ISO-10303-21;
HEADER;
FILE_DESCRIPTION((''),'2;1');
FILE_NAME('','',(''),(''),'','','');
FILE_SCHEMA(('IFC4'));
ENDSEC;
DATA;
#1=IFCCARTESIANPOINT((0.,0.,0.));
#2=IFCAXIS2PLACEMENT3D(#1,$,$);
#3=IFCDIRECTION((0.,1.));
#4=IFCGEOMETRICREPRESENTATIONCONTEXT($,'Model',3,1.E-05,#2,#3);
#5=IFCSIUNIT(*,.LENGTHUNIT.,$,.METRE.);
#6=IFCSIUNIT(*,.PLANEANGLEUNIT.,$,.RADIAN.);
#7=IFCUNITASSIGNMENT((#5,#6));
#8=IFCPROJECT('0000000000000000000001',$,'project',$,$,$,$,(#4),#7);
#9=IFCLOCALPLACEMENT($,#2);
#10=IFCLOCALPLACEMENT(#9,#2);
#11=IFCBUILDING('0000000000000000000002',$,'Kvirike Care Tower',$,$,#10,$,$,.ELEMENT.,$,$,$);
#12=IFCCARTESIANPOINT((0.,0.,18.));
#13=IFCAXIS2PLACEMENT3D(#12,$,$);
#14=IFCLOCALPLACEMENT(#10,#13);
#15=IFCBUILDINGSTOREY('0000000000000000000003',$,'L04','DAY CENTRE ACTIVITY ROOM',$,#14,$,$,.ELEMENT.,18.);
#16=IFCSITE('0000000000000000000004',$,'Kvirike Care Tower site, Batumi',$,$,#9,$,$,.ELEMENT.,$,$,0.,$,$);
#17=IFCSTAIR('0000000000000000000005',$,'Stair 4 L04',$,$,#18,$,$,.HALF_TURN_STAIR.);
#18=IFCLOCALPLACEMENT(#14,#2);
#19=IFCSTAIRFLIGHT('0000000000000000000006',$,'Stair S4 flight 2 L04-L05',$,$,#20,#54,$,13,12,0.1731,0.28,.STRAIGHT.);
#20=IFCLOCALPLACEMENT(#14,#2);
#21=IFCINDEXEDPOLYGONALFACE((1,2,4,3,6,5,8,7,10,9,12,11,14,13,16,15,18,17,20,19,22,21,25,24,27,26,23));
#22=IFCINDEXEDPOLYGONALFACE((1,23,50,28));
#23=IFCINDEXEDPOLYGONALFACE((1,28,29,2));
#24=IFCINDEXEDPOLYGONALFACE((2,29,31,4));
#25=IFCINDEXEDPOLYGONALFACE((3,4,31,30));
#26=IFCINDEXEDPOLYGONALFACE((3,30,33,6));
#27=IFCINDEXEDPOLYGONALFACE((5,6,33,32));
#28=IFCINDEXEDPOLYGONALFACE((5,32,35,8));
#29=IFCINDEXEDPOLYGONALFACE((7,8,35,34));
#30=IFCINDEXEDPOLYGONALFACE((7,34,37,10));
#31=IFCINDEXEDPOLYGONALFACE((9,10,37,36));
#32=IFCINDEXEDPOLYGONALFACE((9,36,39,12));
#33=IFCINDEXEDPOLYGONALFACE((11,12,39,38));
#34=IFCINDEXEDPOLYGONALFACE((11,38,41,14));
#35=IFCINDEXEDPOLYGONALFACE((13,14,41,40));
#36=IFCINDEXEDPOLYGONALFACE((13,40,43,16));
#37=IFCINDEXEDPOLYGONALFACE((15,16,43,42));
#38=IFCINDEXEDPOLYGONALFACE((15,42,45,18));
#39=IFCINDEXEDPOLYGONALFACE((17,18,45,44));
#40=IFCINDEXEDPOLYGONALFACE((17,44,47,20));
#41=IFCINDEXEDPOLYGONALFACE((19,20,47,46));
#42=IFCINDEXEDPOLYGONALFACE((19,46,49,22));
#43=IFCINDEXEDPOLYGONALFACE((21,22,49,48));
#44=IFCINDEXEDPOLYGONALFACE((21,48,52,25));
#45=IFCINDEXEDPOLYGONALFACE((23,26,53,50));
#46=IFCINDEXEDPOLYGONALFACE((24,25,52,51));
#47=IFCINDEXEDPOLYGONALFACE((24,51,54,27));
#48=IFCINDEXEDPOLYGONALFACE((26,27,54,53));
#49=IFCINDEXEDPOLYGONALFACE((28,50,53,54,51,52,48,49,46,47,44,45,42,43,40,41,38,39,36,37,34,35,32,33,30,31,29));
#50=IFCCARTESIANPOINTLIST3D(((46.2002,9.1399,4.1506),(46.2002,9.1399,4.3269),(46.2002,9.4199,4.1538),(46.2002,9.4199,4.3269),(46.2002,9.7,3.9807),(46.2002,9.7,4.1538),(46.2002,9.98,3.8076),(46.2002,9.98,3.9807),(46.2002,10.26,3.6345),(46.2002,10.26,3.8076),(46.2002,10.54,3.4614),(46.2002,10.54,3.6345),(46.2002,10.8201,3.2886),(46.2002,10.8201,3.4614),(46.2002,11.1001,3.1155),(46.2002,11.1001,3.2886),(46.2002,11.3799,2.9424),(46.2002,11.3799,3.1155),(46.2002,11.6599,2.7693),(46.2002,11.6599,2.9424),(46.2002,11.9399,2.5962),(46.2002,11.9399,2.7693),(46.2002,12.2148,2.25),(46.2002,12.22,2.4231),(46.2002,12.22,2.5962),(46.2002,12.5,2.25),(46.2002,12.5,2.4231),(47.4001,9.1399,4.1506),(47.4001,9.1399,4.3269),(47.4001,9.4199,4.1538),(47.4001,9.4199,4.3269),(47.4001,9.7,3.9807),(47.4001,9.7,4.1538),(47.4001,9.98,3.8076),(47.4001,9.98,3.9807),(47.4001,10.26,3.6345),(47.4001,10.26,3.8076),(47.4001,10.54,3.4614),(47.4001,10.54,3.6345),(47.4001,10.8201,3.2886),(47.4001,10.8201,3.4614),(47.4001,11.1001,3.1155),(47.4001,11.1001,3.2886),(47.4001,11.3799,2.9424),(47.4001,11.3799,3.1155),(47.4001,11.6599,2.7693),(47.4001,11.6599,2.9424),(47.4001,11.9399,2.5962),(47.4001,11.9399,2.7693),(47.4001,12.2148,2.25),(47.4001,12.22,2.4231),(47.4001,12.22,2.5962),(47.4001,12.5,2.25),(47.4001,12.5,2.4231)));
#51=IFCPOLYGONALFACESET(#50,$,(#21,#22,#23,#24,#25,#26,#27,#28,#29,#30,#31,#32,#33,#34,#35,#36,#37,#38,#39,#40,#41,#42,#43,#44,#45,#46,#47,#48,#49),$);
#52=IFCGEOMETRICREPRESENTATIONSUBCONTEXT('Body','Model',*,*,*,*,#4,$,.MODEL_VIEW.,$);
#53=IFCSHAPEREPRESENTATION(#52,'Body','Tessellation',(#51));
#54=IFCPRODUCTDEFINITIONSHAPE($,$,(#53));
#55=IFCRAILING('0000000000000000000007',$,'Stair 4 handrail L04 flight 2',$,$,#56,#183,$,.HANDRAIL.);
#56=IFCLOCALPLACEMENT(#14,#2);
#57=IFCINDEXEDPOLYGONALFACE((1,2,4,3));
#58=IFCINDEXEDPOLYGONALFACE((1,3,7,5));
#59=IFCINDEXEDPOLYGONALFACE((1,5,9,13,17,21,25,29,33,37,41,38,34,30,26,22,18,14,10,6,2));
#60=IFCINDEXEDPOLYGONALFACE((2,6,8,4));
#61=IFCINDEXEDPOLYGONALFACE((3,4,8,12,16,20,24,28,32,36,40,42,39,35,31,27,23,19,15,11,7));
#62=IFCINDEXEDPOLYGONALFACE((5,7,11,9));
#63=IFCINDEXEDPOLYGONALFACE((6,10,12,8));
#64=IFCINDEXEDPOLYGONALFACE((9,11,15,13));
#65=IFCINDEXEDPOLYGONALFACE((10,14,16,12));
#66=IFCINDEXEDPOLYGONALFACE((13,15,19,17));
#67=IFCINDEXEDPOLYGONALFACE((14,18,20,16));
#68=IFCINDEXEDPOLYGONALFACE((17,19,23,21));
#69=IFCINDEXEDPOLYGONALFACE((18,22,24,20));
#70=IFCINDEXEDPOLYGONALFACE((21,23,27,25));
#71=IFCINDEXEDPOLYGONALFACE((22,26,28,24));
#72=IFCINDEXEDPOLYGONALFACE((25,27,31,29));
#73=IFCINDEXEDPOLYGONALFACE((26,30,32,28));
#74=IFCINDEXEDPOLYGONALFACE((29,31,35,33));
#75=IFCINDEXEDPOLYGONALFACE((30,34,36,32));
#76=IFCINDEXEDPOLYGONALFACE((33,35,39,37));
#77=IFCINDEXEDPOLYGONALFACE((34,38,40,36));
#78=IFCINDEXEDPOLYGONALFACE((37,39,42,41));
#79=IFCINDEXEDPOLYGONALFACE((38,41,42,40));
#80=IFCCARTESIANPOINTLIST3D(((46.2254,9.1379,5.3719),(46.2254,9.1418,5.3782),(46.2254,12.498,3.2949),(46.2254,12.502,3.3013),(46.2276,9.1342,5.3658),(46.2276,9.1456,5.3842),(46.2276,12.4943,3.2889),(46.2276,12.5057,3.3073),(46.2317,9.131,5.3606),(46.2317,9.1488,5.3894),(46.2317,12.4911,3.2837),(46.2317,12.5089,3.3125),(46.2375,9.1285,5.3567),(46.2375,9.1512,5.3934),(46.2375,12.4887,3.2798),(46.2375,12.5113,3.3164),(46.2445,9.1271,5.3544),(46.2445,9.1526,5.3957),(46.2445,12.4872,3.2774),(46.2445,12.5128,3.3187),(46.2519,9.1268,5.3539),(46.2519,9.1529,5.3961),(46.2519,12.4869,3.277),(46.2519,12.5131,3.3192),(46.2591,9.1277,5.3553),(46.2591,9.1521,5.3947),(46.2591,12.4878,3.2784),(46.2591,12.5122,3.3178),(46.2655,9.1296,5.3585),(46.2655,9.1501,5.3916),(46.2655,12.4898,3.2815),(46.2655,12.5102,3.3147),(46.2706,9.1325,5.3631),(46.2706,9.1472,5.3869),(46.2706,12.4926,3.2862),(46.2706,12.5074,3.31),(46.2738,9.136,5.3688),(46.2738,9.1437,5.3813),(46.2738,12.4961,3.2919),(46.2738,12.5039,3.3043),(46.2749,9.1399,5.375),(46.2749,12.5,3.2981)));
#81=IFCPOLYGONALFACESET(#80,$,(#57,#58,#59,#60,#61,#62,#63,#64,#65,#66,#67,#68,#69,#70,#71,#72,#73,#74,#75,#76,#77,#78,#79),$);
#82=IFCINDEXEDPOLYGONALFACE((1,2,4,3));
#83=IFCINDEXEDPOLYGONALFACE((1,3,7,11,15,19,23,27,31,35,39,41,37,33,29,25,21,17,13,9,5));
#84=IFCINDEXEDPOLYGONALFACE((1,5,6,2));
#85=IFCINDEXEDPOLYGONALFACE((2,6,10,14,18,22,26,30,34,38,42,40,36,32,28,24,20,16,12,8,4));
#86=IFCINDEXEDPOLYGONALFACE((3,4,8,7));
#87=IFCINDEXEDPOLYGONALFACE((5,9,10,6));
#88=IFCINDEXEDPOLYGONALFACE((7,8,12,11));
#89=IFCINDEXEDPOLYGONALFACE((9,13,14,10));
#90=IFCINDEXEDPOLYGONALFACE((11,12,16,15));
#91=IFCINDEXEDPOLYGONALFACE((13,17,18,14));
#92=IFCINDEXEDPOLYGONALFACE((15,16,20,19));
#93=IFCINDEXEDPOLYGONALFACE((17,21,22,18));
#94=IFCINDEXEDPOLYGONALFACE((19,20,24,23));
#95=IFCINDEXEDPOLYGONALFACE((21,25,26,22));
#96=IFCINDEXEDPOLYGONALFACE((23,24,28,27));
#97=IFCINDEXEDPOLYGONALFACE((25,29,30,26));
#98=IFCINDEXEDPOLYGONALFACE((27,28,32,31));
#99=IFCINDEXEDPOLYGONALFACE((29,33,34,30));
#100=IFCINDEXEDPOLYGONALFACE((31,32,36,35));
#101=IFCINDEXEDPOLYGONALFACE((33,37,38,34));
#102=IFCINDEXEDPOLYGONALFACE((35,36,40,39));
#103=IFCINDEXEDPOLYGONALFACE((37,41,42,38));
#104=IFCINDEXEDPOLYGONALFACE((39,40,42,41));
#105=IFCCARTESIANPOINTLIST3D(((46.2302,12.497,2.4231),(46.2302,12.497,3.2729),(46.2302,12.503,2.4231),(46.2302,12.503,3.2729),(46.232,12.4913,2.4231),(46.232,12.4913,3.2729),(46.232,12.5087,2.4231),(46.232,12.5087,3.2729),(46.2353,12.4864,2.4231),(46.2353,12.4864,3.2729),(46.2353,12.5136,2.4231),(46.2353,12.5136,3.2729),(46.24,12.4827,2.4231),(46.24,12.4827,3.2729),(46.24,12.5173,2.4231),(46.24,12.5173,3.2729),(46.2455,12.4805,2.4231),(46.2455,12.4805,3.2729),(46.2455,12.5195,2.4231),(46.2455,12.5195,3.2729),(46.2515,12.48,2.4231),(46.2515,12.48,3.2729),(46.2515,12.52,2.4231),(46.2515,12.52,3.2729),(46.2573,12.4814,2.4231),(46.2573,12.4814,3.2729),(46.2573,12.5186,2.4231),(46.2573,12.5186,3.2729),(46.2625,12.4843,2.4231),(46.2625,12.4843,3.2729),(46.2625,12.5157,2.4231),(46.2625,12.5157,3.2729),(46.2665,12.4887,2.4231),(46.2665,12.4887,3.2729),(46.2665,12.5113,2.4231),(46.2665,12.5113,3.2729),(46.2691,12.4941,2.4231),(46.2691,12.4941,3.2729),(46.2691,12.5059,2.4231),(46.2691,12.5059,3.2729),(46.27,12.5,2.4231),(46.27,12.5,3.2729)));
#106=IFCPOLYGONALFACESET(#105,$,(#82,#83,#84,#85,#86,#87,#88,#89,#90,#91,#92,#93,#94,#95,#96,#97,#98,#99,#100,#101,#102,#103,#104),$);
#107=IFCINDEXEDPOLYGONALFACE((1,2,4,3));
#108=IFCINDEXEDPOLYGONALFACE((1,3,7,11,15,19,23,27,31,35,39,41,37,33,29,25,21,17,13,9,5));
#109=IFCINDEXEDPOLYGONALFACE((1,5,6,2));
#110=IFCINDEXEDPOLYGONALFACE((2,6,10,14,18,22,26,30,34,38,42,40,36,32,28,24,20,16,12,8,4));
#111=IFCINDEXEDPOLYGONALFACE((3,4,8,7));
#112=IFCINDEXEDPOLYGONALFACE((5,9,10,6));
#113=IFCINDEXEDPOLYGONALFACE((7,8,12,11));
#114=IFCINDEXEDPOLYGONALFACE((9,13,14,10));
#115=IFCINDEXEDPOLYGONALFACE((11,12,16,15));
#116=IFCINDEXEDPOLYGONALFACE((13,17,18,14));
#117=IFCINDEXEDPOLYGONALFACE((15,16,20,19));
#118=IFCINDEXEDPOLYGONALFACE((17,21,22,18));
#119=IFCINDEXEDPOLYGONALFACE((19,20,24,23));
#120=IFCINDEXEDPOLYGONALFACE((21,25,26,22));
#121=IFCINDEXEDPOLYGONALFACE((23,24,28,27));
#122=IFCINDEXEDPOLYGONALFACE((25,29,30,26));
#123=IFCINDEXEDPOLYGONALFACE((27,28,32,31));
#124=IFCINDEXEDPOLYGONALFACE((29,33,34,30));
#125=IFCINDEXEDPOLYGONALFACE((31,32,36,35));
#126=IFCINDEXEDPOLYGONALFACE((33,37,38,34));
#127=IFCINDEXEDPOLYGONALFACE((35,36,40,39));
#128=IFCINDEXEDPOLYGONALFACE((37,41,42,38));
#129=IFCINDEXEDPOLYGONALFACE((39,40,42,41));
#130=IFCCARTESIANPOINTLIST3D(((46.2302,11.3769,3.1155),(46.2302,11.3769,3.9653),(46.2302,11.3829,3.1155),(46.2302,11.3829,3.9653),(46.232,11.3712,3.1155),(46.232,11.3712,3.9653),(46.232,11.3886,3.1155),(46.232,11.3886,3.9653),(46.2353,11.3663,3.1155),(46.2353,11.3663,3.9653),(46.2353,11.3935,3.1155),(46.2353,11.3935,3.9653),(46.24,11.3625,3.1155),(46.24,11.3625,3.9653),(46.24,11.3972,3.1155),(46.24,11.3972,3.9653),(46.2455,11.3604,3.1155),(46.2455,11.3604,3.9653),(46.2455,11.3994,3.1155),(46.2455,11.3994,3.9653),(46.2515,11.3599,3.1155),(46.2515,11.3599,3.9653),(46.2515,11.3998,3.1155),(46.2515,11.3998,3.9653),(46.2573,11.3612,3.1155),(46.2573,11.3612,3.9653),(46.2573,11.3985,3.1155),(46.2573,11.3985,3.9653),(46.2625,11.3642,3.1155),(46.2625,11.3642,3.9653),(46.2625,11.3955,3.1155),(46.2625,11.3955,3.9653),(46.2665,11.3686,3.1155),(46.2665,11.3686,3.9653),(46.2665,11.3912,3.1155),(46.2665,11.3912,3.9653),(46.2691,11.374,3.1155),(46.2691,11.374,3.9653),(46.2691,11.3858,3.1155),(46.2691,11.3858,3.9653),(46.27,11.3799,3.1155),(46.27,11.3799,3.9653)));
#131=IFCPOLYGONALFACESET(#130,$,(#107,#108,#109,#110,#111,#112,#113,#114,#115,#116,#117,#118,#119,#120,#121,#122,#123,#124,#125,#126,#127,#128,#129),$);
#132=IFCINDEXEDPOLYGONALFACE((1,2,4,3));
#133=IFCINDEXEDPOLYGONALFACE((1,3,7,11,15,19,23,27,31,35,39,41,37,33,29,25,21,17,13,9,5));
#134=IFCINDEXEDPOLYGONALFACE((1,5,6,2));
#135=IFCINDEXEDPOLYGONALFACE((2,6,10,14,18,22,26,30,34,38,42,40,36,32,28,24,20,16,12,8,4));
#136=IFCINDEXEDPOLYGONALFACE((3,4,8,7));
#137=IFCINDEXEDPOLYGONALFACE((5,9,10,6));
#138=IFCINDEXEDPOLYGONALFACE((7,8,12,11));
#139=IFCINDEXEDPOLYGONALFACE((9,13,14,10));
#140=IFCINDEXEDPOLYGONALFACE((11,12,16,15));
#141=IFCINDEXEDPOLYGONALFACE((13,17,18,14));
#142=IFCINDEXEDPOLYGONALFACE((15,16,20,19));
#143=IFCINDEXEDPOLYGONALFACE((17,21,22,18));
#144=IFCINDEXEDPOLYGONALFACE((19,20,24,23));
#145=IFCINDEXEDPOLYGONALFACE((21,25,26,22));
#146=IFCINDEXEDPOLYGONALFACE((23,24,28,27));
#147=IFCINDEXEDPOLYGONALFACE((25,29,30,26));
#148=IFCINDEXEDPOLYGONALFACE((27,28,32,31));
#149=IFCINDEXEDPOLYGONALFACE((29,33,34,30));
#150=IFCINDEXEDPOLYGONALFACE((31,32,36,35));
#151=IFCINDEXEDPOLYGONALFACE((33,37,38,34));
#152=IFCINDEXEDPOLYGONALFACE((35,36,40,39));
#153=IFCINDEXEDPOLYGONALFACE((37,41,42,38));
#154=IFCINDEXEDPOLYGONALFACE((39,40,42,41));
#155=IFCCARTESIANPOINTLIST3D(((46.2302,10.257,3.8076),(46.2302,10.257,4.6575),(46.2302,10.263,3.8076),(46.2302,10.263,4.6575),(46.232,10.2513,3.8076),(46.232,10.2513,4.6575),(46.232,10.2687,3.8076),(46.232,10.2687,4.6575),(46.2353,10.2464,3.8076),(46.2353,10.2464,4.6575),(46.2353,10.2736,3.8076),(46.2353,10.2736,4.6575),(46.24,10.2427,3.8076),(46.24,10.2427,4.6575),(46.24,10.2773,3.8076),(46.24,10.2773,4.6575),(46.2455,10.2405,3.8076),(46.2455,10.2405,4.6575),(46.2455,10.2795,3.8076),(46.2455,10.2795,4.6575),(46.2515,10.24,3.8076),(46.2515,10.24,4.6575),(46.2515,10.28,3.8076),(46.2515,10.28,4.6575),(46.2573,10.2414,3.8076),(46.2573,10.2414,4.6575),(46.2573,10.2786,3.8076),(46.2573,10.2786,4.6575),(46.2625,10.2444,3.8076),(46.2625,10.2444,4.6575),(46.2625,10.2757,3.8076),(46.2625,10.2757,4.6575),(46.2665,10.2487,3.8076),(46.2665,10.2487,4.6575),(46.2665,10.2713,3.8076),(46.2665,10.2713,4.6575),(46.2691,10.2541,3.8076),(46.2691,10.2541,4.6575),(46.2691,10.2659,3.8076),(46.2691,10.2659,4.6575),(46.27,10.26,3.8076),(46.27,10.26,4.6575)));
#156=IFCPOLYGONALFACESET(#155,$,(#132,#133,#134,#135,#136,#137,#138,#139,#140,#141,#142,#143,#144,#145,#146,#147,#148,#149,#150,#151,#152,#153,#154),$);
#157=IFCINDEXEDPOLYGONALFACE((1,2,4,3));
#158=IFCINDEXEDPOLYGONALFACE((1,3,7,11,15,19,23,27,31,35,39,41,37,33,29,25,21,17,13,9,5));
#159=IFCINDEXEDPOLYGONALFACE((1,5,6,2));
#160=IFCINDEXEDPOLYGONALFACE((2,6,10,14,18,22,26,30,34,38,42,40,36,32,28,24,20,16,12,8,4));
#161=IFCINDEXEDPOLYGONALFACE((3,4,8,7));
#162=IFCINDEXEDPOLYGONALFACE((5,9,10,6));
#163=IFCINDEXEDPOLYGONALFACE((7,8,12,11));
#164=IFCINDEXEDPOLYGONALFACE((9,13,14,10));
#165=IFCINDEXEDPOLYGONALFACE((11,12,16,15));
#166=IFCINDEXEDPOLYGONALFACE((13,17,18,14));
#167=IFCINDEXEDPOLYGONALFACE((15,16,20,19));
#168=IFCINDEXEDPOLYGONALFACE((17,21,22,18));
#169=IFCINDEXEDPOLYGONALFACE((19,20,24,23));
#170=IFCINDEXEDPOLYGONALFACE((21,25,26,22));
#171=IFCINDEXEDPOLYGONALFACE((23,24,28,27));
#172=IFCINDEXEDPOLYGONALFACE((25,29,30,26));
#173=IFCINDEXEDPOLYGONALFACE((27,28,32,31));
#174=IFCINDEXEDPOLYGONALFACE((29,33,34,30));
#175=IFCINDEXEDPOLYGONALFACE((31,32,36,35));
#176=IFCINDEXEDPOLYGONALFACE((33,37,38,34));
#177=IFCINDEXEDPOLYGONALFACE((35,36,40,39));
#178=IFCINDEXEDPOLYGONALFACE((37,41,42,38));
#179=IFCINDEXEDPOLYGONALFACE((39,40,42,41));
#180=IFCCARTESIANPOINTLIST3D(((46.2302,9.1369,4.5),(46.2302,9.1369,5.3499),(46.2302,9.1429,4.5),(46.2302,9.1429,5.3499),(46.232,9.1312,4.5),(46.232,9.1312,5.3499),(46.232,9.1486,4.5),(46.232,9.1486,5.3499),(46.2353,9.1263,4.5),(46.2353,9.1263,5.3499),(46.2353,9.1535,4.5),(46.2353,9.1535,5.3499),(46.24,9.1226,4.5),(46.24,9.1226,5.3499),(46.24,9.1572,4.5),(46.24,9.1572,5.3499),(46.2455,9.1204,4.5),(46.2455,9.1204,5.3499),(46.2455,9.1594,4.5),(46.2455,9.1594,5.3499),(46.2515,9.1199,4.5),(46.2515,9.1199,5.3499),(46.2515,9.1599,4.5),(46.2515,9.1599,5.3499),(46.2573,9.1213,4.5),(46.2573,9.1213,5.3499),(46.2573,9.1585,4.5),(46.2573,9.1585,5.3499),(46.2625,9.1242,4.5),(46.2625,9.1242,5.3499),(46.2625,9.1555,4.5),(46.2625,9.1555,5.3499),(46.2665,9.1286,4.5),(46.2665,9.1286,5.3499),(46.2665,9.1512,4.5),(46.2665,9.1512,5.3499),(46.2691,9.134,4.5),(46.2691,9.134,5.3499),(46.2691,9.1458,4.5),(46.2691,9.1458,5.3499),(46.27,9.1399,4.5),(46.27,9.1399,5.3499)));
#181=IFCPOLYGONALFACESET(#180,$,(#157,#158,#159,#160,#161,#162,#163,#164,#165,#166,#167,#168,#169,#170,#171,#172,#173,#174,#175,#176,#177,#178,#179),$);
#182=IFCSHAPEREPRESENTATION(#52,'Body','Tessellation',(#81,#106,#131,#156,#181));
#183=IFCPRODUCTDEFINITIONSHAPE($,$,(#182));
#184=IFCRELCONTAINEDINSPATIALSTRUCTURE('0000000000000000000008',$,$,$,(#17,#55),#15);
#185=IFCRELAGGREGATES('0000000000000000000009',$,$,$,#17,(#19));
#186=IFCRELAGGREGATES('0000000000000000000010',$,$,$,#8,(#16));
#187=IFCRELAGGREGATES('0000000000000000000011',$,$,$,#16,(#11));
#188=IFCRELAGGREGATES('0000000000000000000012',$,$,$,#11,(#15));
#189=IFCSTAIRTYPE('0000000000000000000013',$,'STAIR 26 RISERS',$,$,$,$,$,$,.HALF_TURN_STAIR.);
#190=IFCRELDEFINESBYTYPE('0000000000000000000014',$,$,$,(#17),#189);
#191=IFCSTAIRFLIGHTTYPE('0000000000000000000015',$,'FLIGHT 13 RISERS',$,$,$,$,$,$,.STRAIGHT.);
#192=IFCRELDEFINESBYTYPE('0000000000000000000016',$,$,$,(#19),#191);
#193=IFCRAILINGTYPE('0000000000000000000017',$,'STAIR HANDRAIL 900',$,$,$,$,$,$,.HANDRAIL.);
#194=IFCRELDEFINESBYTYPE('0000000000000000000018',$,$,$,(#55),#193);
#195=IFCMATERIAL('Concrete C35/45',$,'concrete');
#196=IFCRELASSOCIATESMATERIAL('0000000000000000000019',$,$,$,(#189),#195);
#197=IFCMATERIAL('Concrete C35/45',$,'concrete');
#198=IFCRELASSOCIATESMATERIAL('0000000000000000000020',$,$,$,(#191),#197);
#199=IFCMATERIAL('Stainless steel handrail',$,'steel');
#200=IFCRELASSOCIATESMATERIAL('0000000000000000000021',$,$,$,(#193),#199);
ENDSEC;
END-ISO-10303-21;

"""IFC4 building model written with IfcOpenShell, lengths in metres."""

from ifc_helpers import new_model, si_unit, direction, frame, origin, origin_2d, place, context, subcontext, project, spatial, polyline, circle, outline, extrude, material, type_object, element, aggregate, save


model = new_model("IFC4")

# Units and contexts
model_context = context("Model", 3, precision=1e-05, world=origin(), true_north=direction((0.0, 1.0)))
body_context = subcontext(model_context, "Body", "Model", "MODEL_VIEW")
ifc_project = project(units=[si_unit("LENGTHUNIT", "METRE"), si_unit("PLANEANGLEUNIT", "RADIAN")], contexts=[model_context])

# Site, building, storey
site_placement = place(None, origin())
site = spatial("IfcSite", under=ifc_project, at=site_placement, Name="Kvirike Care Tower site, Batumi", CompositionType="ELEMENT", RefElevation=0.0)
building_placement = place(site_placement, origin())
building = spatial("IfcBuilding", under=site, at=building_placement, Name="Kvirike Care Tower", CompositionType="ELEMENT")
storey_placement = place(building_placement, frame((0.0, 0.0, 18.0)))
storey = spatial("IfcBuildingStorey", under=building, at=storey_placement, Name="L04", Description="DAY CENTRE ACTIVITY ROOM", CompositionType="ELEMENT", Elevation=18.0)

# Stair, stair flight
ifc_material_1 = material(Name="Concrete C35/45", Category="concrete")
stair_type = type_object("IfcStairType", Name="STAIR 26 RISERS", PredefinedType="HALF_TURN_STAIR", material=ifc_material_1)
stair_placement = place(storey_placement, origin())
stair = element("IfcStair", 1, at=stair_placement, inside=storey, type_object=stair_type, Name="Stair 4 L04", PredefinedType="HALF_TURN_STAIR")
ifc_material_2 = material(Name="Concrete C35/45", Category="concrete")
stair_flight_type = type_object("IfcStairFlightType", Name="FLIGHT 13 RISERS", PredefinedType="STRAIGHT", material=ifc_material_2)
stair_flight_placement = place(storey_placement, frame((46.8, 12.5, 2.25), z_axis=(0.0, 0.0, 1.0), x_axis=(0.0, -1.0, 0.0)))
stair_flight = element("IfcStairFlight", 2, at=stair_flight_placement, type_object=stair_flight_type, Name="Stair S4 flight 2 L04-L05", NumberOfRisers=13, NumberOfTreads=12, PredefinedType="STRAIGHT", RiserHeight=0.1731, TreadLength=0.28, context=body_context, shape_type="SweptSolid", body=[
    extrude(outline(polyline([(0.0, 0.0), (0.0, 0.1731), (0.28, 0.1731), (0.28, 0.3462), (0.5601, 0.3462), (0.5601, 0.5193), (0.8401, 0.5193), (0.8401, 0.6924), (1.1201, 0.6924), (1.1201, 0.8655), (1.3999, 0.8655), (1.3999, 1.0386), (1.6799, 1.0386), (1.6799, 1.2114), (1.96, 1.2114), (1.96, 1.3845), (2.24, 1.3845), (2.24, 1.5576), (2.52, 1.5576), (2.52, 1.7307), (2.8, 1.7307), (2.8, 1.9038), (3.0801, 1.9038), (3.0801, 2.0769), (3.3601, 2.0769), (3.3601, 2.25), (3.3601, 1.9006), (0.2852, 0.0), (0.0, 0.0)])), frame((0.0, 0.6001, 0.0), z_axis=(0.0, -1.0, 0.0), x_axis=(1.0, 0.0, 0.0)), (0.0, 0.0, 1.0), 1.2),
])
aggregate(stair, [stair_flight])

# Railing
ifc_material_3 = material(Name="Stainless steel handrail", Category="steel")
railing_type = type_object("IfcRailingType", Name="STAIR HANDRAIL 900", PredefinedType="HANDRAIL", material=ifc_material_3)
railing_placement = place(storey_placement, frame((46.25, 12.5, 2.4231)))
element("IfcRailing", 3, at=railing_placement, inside=storey, type_object=railing_type, Name="Stair 4 handrail L04 flight 2", PredefinedType="HANDRAIL", context=body_context, shape_type="SweptSolid", body=[
    extrude(circle(Radius=0.0249, at=origin_2d()), frame((0.0, 0.0, 0.875), z_axis=(0.0, -0.850623, 0.525776), x_axis=(1.0, 0.0, 0.0)), (0.0, 0.0, 1.0), 3.9502),
    extrude(circle(Radius=0.02, at=origin_2d()), origin(), (0.0, 0.0, 1.0), 0.8499),
    extrude(circle(Radius=0.02, at=origin_2d()), frame((0.0, -1.1201, 0.6924)), (0.0, 0.0, 1.0), 0.8499),
    extrude(circle(Radius=0.02, at=origin_2d()), frame((0.0, -2.24, 1.3845)), (0.0, 0.0, 1.0), 0.8499),
    extrude(circle(Radius=0.02, at=origin_2d()), frame((0.0, -3.3601, 2.0769)), (0.0, 0.0, 1.0), 0.8499),
])

save(model, "model.ifc")
